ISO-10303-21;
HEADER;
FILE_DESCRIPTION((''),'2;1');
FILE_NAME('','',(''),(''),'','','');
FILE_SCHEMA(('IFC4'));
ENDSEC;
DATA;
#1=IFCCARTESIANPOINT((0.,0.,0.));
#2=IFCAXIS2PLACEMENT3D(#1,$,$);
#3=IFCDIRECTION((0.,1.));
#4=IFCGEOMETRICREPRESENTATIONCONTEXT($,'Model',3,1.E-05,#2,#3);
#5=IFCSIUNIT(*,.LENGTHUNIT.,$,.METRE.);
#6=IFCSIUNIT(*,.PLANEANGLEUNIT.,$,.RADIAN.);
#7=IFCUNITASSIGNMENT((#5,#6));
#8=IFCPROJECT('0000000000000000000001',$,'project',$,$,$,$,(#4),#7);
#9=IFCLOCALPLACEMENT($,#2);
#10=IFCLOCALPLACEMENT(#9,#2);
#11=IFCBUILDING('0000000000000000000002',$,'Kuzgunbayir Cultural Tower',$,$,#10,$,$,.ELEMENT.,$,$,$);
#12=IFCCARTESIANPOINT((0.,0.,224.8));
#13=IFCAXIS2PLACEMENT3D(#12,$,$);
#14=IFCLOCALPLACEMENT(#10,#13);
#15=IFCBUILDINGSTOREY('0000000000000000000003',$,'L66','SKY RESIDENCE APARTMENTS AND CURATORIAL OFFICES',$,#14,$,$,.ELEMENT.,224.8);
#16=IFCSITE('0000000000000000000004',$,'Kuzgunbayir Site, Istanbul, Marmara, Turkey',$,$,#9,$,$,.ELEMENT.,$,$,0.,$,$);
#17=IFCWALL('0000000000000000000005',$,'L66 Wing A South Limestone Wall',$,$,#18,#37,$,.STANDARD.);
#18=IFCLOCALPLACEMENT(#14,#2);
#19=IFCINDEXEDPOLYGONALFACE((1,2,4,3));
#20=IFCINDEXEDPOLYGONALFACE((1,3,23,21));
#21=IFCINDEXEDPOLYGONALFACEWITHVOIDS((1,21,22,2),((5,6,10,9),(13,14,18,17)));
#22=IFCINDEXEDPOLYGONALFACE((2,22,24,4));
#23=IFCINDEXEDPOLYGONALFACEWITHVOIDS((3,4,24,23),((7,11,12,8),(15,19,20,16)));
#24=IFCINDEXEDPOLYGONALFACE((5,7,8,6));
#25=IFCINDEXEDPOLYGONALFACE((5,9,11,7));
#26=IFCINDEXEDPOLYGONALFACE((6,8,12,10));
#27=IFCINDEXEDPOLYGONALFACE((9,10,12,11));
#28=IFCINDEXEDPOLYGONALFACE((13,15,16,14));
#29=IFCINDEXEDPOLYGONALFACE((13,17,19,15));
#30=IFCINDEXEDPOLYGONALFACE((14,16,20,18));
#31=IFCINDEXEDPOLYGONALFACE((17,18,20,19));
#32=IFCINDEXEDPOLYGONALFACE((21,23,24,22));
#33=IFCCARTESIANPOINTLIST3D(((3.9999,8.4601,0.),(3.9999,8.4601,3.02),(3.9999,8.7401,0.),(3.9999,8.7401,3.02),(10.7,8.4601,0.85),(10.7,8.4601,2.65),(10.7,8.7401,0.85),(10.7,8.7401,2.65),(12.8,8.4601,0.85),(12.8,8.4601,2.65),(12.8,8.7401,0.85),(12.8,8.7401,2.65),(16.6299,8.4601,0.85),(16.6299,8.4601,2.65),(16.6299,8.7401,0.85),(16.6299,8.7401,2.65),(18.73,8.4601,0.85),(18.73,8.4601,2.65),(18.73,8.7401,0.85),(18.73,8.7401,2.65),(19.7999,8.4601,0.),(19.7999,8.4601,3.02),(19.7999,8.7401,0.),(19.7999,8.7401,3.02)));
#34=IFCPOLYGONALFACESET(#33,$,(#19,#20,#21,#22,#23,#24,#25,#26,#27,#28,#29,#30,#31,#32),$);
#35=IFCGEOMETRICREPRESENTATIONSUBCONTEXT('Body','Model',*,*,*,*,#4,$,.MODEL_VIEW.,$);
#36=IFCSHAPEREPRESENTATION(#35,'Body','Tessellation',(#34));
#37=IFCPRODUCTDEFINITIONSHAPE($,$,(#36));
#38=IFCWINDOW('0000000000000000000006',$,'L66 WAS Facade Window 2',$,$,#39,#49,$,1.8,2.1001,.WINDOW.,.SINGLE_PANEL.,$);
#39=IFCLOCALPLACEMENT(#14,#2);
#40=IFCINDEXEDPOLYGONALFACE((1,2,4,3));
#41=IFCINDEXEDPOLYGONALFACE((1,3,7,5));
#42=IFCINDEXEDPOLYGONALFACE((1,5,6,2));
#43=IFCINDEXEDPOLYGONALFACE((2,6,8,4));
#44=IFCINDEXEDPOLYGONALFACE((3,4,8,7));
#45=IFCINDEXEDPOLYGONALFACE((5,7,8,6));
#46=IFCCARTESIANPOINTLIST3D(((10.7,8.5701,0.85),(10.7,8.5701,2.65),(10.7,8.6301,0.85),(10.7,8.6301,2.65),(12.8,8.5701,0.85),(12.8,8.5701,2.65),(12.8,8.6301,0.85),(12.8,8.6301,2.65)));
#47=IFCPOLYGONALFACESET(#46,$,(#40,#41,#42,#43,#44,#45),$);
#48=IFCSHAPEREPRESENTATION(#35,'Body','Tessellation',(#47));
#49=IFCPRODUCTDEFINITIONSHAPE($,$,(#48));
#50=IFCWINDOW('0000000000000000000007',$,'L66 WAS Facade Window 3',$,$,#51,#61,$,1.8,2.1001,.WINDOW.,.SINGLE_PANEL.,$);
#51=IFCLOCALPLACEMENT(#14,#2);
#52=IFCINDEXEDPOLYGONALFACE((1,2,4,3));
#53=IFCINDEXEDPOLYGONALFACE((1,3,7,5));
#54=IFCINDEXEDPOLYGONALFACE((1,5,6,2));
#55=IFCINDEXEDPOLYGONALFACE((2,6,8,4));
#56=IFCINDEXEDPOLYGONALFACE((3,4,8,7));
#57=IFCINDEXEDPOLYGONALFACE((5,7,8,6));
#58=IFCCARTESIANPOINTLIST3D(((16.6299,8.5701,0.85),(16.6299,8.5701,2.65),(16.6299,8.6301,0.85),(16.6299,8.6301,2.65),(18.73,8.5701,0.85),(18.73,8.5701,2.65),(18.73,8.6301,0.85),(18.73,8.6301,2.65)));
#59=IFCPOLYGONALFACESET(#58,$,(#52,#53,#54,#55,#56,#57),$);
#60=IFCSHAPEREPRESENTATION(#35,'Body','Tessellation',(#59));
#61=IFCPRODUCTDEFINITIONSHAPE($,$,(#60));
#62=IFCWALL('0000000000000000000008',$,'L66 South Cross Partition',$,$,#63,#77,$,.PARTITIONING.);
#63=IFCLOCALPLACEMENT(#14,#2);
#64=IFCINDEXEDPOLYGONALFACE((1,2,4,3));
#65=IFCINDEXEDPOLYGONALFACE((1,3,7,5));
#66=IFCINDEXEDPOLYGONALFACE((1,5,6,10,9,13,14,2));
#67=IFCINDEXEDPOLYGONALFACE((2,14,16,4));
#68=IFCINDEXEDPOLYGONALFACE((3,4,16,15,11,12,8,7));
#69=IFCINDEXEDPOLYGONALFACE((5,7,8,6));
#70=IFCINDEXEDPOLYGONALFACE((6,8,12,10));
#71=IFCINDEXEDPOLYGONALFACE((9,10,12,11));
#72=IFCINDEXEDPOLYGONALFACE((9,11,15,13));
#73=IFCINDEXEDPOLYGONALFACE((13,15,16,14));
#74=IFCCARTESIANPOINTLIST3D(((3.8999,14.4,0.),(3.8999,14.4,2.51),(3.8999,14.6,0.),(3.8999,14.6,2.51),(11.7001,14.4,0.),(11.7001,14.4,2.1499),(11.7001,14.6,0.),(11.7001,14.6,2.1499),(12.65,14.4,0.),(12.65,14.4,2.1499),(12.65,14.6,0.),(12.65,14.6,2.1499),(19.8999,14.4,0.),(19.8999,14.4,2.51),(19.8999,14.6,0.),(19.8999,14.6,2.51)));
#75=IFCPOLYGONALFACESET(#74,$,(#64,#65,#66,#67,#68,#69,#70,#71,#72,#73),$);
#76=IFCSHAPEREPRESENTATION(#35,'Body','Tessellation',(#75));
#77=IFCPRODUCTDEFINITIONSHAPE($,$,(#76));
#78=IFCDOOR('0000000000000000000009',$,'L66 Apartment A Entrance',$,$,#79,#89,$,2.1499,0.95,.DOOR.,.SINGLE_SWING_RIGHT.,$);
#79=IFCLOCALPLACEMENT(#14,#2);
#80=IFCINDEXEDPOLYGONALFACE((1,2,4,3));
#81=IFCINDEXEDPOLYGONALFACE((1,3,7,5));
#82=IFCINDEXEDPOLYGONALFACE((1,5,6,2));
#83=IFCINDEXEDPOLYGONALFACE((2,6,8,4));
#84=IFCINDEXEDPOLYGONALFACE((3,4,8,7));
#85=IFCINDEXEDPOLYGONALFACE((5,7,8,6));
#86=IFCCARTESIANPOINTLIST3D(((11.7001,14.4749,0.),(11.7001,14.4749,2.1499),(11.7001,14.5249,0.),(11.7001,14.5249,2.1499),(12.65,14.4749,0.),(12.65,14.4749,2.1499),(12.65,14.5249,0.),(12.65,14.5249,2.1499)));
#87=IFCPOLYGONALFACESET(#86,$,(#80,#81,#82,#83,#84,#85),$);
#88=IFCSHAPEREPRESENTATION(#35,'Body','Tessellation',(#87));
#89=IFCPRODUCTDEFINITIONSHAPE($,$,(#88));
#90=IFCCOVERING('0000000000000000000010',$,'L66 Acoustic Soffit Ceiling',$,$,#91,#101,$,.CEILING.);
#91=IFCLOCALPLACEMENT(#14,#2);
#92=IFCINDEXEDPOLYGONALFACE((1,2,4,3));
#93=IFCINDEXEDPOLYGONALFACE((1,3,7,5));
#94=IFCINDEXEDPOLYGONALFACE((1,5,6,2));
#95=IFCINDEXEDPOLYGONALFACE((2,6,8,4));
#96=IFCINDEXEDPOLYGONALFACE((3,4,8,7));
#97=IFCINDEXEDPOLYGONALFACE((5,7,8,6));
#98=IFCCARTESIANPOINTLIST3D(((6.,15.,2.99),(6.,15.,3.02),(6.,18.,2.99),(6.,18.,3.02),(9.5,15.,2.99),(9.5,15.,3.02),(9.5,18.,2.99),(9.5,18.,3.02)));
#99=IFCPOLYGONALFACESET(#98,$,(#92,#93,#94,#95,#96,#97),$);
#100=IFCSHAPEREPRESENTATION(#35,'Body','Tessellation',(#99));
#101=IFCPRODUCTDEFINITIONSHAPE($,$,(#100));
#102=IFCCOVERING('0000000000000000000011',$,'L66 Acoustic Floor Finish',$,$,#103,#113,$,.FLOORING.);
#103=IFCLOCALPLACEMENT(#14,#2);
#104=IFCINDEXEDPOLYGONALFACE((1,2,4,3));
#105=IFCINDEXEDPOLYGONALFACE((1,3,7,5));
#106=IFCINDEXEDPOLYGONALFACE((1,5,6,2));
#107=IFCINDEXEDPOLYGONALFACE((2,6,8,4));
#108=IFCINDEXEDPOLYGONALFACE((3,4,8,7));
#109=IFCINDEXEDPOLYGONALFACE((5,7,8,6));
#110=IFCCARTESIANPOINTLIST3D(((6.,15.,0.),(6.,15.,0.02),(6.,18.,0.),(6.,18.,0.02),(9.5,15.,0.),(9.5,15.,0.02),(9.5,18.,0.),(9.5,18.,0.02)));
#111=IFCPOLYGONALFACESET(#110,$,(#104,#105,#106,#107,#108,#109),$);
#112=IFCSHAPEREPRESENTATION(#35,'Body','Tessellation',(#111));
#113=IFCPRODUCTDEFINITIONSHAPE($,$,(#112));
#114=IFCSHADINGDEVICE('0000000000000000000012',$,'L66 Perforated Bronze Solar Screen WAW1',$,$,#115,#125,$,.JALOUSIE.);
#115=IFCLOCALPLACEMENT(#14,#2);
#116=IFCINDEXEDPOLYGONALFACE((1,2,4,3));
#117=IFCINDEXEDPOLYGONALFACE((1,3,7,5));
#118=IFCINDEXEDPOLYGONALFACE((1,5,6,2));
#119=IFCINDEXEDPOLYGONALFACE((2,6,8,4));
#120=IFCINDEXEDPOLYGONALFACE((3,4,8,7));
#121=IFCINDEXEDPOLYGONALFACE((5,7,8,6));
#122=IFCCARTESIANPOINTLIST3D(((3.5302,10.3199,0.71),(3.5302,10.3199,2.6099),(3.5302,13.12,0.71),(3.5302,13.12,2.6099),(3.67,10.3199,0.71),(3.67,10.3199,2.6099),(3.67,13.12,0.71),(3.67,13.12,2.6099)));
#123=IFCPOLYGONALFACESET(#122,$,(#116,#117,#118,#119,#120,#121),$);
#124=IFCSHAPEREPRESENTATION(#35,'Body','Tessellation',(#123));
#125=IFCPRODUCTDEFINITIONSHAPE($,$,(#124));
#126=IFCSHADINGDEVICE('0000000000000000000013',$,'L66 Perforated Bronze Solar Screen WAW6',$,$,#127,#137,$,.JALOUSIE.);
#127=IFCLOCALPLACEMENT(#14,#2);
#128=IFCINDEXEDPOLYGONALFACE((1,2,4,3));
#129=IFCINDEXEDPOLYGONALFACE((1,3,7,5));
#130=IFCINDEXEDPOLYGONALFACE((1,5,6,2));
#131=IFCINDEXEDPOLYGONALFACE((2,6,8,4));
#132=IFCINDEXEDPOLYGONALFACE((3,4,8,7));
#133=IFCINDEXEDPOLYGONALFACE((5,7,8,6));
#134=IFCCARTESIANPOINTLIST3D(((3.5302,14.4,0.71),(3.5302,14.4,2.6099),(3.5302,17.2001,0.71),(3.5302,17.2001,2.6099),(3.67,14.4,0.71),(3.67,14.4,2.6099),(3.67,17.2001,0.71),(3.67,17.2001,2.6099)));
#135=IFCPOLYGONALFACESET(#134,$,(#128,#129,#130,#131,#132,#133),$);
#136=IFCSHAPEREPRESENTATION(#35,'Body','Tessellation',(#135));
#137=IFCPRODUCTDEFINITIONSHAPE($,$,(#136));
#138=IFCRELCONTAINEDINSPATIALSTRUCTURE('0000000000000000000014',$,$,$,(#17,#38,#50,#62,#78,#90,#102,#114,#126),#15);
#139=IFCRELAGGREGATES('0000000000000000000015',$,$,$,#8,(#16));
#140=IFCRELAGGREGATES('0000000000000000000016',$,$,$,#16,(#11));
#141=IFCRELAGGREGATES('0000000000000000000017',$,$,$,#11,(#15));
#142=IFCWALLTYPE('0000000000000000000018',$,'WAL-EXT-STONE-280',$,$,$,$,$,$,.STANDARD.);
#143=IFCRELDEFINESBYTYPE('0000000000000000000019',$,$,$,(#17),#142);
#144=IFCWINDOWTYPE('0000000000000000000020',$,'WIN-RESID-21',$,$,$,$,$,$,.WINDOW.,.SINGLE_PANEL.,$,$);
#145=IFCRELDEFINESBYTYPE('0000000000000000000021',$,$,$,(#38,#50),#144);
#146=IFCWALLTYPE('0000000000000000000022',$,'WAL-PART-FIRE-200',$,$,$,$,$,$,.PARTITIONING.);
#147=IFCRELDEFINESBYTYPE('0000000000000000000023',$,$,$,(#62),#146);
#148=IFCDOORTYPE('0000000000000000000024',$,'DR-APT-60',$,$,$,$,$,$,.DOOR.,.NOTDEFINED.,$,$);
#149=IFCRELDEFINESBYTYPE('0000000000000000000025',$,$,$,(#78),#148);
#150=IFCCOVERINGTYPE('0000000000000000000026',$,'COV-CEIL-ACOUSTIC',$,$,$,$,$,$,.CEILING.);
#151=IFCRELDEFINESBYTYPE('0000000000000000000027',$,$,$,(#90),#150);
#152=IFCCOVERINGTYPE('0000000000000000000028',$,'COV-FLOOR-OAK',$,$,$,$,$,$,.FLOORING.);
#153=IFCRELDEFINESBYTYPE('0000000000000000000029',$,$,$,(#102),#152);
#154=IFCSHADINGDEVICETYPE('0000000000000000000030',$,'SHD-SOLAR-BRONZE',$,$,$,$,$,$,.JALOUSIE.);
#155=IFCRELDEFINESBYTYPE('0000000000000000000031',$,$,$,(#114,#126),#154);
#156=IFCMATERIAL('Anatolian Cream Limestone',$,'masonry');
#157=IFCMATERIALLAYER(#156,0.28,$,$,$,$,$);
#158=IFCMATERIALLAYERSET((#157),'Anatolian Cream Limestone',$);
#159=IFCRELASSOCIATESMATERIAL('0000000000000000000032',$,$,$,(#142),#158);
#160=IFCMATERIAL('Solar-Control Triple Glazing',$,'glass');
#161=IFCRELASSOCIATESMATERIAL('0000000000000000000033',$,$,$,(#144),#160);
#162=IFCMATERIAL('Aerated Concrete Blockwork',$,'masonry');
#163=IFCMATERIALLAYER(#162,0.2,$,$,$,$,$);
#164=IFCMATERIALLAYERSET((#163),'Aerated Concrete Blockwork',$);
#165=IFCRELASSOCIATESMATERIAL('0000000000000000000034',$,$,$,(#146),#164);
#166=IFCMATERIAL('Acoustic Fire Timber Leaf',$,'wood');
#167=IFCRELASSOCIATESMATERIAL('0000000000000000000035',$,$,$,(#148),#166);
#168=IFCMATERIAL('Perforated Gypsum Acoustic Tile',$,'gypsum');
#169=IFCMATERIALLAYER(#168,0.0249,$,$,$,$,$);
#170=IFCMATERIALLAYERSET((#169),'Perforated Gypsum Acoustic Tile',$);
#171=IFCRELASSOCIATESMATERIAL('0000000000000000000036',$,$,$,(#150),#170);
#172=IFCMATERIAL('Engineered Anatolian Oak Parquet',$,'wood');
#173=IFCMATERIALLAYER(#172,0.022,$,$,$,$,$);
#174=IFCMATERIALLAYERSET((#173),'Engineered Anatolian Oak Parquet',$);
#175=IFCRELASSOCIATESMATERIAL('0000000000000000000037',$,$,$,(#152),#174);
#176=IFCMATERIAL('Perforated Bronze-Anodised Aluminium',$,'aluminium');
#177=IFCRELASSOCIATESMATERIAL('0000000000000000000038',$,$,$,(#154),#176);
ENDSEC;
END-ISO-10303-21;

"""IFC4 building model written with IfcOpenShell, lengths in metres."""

from ifc_helpers import new_model, si_unit, direction, frame, frame_2d, origin, origin_2d, place, context, subcontext, project, spatial, polyline, rectangle, outline, extrude, material, layer, layer_set, type_object, element, fill, save


model = new_model("IFC4")

# Units and contexts
model_context = context("Model", 3, precision=1e-05, world=origin(), true_north=direction((0.0, 1.0)))
body_context = subcontext(model_context, "Body", "Model", "MODEL_VIEW")
ifc_project = project(units=[si_unit("LENGTHUNIT", "METRE"), si_unit("PLANEANGLEUNIT", "RADIAN")], contexts=[model_context])

# Site, building, storey
site_placement = place(None, origin())
site = spatial("IfcSite", under=ifc_project, at=site_placement, Name="Kuzgunbayir Site, Istanbul, Marmara, Turkey", CompositionType="ELEMENT", RefElevation=0.0)
building_placement = place(site_placement, origin())
building = spatial("IfcBuilding", under=site, at=building_placement, Name="Kuzgunbayir Cultural Tower", CompositionType="ELEMENT")
storey_placement = place(building_placement, frame((0.0, 0.0, 224.8)))
storey = spatial("IfcBuildingStorey", under=building, at=storey_placement, Name="L66", Description="SKY RESIDENCE APARTMENTS AND CURATORIAL OFFICES", CompositionType="ELEMENT", Elevation=224.8)

# Wall, openings, windows
ifc_material_1 = material(Name="Anatolian Cream Limestone", Category="masonry")
ifc_layer_1 = layer(ifc_material_1, 0.28)
ifc_layer_set_1 = layer_set([ifc_layer_1], Name="Anatolian Cream Limestone")
wall_type_1 = type_object("IfcWallType", Name="WAL-EXT-STONE-280", PredefinedType="STANDARD", material=ifc_layer_set_1)
wall_1_placement = place(storey_placement, frame((4.0, 8.6001, 0.0), z_axis=(0.0, 0.0, 1.0), x_axis=(1.0, 0.0, 0.0)))
wall_1 = element("IfcWall", 1, at=wall_1_placement, inside=storey, type_object=wall_type_1, Name="L66 Wing A South Limestone Wall", PredefinedType="STANDARD", context=body_context, shape_type="SweptSolid", body=[
    extrude(rectangle(XDim=15.8, YDim=0.28, at=frame_2d((7.8999, 0.0))), origin(), (0.0, 0.0, 1.0), 3.02),
])
opening_1_placement = place(wall_1_placement, frame((6.7, 0.0, 0.8501)))
opening_1 = element("IfcOpeningElement", 2, at=opening_1_placement, cuts=wall_1, PredefinedType="OPENING", context=body_context, shape_type="SweptSolid", body=[
    extrude(rectangle(XDim=2.1001, YDim=1.8, at=frame_2d((1.05, 0.8999))), frame((0.0, 0.1499, 0.0), z_axis=(0.0, -1.0, 0.0), x_axis=(1.0, 0.0, 0.0)), (0.0, 0.0, 1.0), 0.3),
])
opening_2_placement = place(wall_1_placement, frame((12.6299, 0.0, 0.8501)))
opening_2 = element("IfcOpeningElement", 3, at=opening_2_placement, cuts=wall_1, PredefinedType="OPENING", context=body_context, shape_type="SweptSolid", body=[
    extrude(rectangle(XDim=2.1001, YDim=1.8, at=frame_2d((1.05, 0.8999))), frame((0.0, 0.1499, 0.0), z_axis=(0.0, -1.0, 0.0), x_axis=(1.0, 0.0, 0.0)), (0.0, 0.0, 1.0), 0.3),
])
ifc_material_2 = material(Name="Solar-Control Triple Glazing", Category="glass")
window_type = type_object("IfcWindowType", Name="WIN-RESID-21", PartitioningType="SINGLE_PANEL", PredefinedType="WINDOW", material=ifc_material_2)
window_1_placement = place(opening_1_placement, origin())
window_1 = element("IfcWindow", 4, at=window_1_placement, inside=storey, type_object=window_type, Name="L66 WAS Facade Window 2", OverallHeight=1.8, OverallWidth=2.1001, PartitioningType="SINGLE_PANEL", PredefinedType="WINDOW", context=body_context, shape_type="SweptSolid", body=[
    extrude(rectangle(XDim=2.1001, YDim=1.8, at=frame_2d((1.05, 0.8999))), frame((0.0, 0.03, 0.0), z_axis=(0.0, -1.0, 0.0), x_axis=(1.0, 0.0, 0.0)), (0.0, 0.0, 1.0), 0.0601),
])
fill(opening_1, window_1)
window_2_placement = place(opening_2_placement, origin())
window_2 = element("IfcWindow", 5, at=window_2_placement, inside=storey, type_object=window_type, Name="L66 WAS Facade Window 3", OverallHeight=1.8, OverallWidth=2.1001, PartitioningType="SINGLE_PANEL", PredefinedType="WINDOW", context=body_context, shape_type="SweptSolid", body=[
    extrude(rectangle(XDim=2.1001, YDim=1.8, at=frame_2d((1.05, 0.8999))), frame((0.0, 0.03, 0.0), z_axis=(0.0, -1.0, 0.0), x_axis=(1.0, 0.0, 0.0)), (0.0, 0.0, 1.0), 0.0601),
])
fill(opening_2, window_2)

# Wall, opening, door
ifc_material_3 = material(Name="Aerated Concrete Blockwork", Category="masonry")
ifc_layer_2 = layer(ifc_material_3, 0.2)
ifc_layer_set_2 = layer_set([ifc_layer_2], Name="Aerated Concrete Blockwork")
wall_type_2 = type_object("IfcWallType", Name="WAL-PART-FIRE-200", PredefinedType="PARTITIONING", material=ifc_layer_set_2)
wall_2_placement = place(storey_placement, frame((3.8999, 14.5, 0.0), z_axis=(0.0, 0.0, 1.0), x_axis=(1.0, 0.0, 0.0)))
wall_2 = element("IfcWall", 6, at=wall_2_placement, inside=storey, type_object=wall_type_2, Name="L66 South Cross Partition", PredefinedType="PARTITIONING", context=body_context, shape_type="SweptSolid", body=[
    extrude(rectangle(XDim=16.0, YDim=0.2, at=frame_2d((8.0, 0.0))), origin(), (0.0, 0.0, 1.0), 2.51),
])
opening_3_placement = place(wall_2_placement, frame((7.8, 0.0, 0.0)))
opening_3 = element("IfcOpeningElement", 7, at=opening_3_placement, cuts=wall_2, PredefinedType="OPENING", context=body_context, shape_type="SweptSolid", body=[
    extrude(rectangle(XDim=0.95, YDim=2.1499, at=frame_2d((0.4751, 1.075))), frame((0.0, 0.1099, 0.0), z_axis=(0.0, -1.0, 0.0), x_axis=(1.0, 0.0, 0.0)), (0.0, 0.0, 1.0), 0.22),
])
ifc_material_4 = material(Name="Acoustic Fire Timber Leaf", Category="wood")
door_type = type_object("IfcDoorType", Name="DR-APT-60", OperationType="NOTDEFINED", PredefinedType="DOOR", material=ifc_material_4)
door_placement = place(opening_3_placement, origin())
door = element("IfcDoor", 8, at=door_placement, inside=storey, type_object=door_type, Name="L66 Apartment A Entrance", OperationType="SINGLE_SWING_RIGHT", OverallHeight=2.1499, OverallWidth=0.95, PredefinedType="DOOR", context=body_context, shape_type="SweptSolid", body=[
    extrude(rectangle(XDim=0.95, YDim=2.1499, at=frame_2d((0.4751, 1.075))), frame((0.0, 0.0249, 0.0), z_axis=(0.0, -1.0, 0.0), x_axis=(1.0, 0.0, 0.0)), (0.0, 0.0, 1.0), 0.05),
])
fill(opening_3, door)

# Coverings
ifc_material_5 = material(Name="Perforated Gypsum Acoustic Tile", Category="gypsum")
ifc_layer_3 = layer(ifc_material_5, 0.0249)
ifc_layer_set_3 = layer_set([ifc_layer_3], Name="Perforated Gypsum Acoustic Tile")
covering_type_1 = type_object("IfcCoveringType", Name="COV-CEIL-ACOUSTIC", PredefinedType="CEILING", material=ifc_layer_set_3)
covering_1_placement = place(storey_placement, frame((0.0, 0.0, 2.99)))
element("IfcCovering", 9, at=covering_1_placement, inside=storey, type_object=covering_type_1, Name="L66 Acoustic Soffit Ceiling", PredefinedType="CEILING", context=body_context, shape_type="SweptSolid", body=[
    extrude(outline(polyline([(6.0, 15.0), (9.5, 15.0), (9.5, 18.0), (6.0, 18.0), (6.0, 15.0)])), origin(), (0.0, 0.0, 1.0), 0.03),
])
ifc_material_6 = material(Name="Engineered Anatolian Oak Parquet", Category="wood")
ifc_layer_4 = layer(ifc_material_6, 0.022)
ifc_layer_set_4 = layer_set([ifc_layer_4], Name="Engineered Anatolian Oak Parquet")
covering_type_2 = type_object("IfcCoveringType", Name="COV-FLOOR-OAK", PredefinedType="FLOORING", material=ifc_layer_set_4)
covering_2_placement = place(storey_placement, origin())
element("IfcCovering", 10, at=covering_2_placement, inside=storey, type_object=covering_type_2, Name="L66 Acoustic Floor Finish", PredefinedType="FLOORING", context=body_context, shape_type="SweptSolid", body=[
    extrude(outline(polyline([(6.0, 15.0), (9.5, 15.0), (9.5, 18.0), (6.0, 18.0), (6.0, 15.0)])), origin(), (0.0, 0.0, 1.0), 0.02),
])

# Shading devices
ifc_material_7 = material(Name="Perforated Bronze-Anodised Aluminium", Category="aluminium")
shading_device_type = type_object("IfcShadingDeviceType", Name="SHD-SOLAR-BRONZE", PredefinedType="JALOUSIE", material=ifc_material_7)
for number, where, z_axis, x_axis, name in (
    (11, (3.6001, 11.72, 0.71), (0.0, 0.0, 1.0), (1.0, 0.0, 0.0), "L66 Perforated Bronze Solar Screen WAW1"),
    (12, (3.6001, 15.8, 0.71), (0.0, 0.0, 1.0), (1.0, 0.0, 0.0), "L66 Perforated Bronze Solar Screen WAW6"),
):
    element("IfcShadingDevice", number, at=place(storey_placement, frame(where, z_axis=z_axis, x_axis=x_axis)), inside=storey, type_object=shading_device_type, Name=name, PredefinedType="JALOUSIE", context=body_context, shape_type="SweptSolid", body=[
        extrude(rectangle(XDim=0.1399, YDim=2.8, at=origin_2d()), origin(), (0.0, 0.0, 1.0), 1.8999),
    ])

save(model, "model.ifc")
